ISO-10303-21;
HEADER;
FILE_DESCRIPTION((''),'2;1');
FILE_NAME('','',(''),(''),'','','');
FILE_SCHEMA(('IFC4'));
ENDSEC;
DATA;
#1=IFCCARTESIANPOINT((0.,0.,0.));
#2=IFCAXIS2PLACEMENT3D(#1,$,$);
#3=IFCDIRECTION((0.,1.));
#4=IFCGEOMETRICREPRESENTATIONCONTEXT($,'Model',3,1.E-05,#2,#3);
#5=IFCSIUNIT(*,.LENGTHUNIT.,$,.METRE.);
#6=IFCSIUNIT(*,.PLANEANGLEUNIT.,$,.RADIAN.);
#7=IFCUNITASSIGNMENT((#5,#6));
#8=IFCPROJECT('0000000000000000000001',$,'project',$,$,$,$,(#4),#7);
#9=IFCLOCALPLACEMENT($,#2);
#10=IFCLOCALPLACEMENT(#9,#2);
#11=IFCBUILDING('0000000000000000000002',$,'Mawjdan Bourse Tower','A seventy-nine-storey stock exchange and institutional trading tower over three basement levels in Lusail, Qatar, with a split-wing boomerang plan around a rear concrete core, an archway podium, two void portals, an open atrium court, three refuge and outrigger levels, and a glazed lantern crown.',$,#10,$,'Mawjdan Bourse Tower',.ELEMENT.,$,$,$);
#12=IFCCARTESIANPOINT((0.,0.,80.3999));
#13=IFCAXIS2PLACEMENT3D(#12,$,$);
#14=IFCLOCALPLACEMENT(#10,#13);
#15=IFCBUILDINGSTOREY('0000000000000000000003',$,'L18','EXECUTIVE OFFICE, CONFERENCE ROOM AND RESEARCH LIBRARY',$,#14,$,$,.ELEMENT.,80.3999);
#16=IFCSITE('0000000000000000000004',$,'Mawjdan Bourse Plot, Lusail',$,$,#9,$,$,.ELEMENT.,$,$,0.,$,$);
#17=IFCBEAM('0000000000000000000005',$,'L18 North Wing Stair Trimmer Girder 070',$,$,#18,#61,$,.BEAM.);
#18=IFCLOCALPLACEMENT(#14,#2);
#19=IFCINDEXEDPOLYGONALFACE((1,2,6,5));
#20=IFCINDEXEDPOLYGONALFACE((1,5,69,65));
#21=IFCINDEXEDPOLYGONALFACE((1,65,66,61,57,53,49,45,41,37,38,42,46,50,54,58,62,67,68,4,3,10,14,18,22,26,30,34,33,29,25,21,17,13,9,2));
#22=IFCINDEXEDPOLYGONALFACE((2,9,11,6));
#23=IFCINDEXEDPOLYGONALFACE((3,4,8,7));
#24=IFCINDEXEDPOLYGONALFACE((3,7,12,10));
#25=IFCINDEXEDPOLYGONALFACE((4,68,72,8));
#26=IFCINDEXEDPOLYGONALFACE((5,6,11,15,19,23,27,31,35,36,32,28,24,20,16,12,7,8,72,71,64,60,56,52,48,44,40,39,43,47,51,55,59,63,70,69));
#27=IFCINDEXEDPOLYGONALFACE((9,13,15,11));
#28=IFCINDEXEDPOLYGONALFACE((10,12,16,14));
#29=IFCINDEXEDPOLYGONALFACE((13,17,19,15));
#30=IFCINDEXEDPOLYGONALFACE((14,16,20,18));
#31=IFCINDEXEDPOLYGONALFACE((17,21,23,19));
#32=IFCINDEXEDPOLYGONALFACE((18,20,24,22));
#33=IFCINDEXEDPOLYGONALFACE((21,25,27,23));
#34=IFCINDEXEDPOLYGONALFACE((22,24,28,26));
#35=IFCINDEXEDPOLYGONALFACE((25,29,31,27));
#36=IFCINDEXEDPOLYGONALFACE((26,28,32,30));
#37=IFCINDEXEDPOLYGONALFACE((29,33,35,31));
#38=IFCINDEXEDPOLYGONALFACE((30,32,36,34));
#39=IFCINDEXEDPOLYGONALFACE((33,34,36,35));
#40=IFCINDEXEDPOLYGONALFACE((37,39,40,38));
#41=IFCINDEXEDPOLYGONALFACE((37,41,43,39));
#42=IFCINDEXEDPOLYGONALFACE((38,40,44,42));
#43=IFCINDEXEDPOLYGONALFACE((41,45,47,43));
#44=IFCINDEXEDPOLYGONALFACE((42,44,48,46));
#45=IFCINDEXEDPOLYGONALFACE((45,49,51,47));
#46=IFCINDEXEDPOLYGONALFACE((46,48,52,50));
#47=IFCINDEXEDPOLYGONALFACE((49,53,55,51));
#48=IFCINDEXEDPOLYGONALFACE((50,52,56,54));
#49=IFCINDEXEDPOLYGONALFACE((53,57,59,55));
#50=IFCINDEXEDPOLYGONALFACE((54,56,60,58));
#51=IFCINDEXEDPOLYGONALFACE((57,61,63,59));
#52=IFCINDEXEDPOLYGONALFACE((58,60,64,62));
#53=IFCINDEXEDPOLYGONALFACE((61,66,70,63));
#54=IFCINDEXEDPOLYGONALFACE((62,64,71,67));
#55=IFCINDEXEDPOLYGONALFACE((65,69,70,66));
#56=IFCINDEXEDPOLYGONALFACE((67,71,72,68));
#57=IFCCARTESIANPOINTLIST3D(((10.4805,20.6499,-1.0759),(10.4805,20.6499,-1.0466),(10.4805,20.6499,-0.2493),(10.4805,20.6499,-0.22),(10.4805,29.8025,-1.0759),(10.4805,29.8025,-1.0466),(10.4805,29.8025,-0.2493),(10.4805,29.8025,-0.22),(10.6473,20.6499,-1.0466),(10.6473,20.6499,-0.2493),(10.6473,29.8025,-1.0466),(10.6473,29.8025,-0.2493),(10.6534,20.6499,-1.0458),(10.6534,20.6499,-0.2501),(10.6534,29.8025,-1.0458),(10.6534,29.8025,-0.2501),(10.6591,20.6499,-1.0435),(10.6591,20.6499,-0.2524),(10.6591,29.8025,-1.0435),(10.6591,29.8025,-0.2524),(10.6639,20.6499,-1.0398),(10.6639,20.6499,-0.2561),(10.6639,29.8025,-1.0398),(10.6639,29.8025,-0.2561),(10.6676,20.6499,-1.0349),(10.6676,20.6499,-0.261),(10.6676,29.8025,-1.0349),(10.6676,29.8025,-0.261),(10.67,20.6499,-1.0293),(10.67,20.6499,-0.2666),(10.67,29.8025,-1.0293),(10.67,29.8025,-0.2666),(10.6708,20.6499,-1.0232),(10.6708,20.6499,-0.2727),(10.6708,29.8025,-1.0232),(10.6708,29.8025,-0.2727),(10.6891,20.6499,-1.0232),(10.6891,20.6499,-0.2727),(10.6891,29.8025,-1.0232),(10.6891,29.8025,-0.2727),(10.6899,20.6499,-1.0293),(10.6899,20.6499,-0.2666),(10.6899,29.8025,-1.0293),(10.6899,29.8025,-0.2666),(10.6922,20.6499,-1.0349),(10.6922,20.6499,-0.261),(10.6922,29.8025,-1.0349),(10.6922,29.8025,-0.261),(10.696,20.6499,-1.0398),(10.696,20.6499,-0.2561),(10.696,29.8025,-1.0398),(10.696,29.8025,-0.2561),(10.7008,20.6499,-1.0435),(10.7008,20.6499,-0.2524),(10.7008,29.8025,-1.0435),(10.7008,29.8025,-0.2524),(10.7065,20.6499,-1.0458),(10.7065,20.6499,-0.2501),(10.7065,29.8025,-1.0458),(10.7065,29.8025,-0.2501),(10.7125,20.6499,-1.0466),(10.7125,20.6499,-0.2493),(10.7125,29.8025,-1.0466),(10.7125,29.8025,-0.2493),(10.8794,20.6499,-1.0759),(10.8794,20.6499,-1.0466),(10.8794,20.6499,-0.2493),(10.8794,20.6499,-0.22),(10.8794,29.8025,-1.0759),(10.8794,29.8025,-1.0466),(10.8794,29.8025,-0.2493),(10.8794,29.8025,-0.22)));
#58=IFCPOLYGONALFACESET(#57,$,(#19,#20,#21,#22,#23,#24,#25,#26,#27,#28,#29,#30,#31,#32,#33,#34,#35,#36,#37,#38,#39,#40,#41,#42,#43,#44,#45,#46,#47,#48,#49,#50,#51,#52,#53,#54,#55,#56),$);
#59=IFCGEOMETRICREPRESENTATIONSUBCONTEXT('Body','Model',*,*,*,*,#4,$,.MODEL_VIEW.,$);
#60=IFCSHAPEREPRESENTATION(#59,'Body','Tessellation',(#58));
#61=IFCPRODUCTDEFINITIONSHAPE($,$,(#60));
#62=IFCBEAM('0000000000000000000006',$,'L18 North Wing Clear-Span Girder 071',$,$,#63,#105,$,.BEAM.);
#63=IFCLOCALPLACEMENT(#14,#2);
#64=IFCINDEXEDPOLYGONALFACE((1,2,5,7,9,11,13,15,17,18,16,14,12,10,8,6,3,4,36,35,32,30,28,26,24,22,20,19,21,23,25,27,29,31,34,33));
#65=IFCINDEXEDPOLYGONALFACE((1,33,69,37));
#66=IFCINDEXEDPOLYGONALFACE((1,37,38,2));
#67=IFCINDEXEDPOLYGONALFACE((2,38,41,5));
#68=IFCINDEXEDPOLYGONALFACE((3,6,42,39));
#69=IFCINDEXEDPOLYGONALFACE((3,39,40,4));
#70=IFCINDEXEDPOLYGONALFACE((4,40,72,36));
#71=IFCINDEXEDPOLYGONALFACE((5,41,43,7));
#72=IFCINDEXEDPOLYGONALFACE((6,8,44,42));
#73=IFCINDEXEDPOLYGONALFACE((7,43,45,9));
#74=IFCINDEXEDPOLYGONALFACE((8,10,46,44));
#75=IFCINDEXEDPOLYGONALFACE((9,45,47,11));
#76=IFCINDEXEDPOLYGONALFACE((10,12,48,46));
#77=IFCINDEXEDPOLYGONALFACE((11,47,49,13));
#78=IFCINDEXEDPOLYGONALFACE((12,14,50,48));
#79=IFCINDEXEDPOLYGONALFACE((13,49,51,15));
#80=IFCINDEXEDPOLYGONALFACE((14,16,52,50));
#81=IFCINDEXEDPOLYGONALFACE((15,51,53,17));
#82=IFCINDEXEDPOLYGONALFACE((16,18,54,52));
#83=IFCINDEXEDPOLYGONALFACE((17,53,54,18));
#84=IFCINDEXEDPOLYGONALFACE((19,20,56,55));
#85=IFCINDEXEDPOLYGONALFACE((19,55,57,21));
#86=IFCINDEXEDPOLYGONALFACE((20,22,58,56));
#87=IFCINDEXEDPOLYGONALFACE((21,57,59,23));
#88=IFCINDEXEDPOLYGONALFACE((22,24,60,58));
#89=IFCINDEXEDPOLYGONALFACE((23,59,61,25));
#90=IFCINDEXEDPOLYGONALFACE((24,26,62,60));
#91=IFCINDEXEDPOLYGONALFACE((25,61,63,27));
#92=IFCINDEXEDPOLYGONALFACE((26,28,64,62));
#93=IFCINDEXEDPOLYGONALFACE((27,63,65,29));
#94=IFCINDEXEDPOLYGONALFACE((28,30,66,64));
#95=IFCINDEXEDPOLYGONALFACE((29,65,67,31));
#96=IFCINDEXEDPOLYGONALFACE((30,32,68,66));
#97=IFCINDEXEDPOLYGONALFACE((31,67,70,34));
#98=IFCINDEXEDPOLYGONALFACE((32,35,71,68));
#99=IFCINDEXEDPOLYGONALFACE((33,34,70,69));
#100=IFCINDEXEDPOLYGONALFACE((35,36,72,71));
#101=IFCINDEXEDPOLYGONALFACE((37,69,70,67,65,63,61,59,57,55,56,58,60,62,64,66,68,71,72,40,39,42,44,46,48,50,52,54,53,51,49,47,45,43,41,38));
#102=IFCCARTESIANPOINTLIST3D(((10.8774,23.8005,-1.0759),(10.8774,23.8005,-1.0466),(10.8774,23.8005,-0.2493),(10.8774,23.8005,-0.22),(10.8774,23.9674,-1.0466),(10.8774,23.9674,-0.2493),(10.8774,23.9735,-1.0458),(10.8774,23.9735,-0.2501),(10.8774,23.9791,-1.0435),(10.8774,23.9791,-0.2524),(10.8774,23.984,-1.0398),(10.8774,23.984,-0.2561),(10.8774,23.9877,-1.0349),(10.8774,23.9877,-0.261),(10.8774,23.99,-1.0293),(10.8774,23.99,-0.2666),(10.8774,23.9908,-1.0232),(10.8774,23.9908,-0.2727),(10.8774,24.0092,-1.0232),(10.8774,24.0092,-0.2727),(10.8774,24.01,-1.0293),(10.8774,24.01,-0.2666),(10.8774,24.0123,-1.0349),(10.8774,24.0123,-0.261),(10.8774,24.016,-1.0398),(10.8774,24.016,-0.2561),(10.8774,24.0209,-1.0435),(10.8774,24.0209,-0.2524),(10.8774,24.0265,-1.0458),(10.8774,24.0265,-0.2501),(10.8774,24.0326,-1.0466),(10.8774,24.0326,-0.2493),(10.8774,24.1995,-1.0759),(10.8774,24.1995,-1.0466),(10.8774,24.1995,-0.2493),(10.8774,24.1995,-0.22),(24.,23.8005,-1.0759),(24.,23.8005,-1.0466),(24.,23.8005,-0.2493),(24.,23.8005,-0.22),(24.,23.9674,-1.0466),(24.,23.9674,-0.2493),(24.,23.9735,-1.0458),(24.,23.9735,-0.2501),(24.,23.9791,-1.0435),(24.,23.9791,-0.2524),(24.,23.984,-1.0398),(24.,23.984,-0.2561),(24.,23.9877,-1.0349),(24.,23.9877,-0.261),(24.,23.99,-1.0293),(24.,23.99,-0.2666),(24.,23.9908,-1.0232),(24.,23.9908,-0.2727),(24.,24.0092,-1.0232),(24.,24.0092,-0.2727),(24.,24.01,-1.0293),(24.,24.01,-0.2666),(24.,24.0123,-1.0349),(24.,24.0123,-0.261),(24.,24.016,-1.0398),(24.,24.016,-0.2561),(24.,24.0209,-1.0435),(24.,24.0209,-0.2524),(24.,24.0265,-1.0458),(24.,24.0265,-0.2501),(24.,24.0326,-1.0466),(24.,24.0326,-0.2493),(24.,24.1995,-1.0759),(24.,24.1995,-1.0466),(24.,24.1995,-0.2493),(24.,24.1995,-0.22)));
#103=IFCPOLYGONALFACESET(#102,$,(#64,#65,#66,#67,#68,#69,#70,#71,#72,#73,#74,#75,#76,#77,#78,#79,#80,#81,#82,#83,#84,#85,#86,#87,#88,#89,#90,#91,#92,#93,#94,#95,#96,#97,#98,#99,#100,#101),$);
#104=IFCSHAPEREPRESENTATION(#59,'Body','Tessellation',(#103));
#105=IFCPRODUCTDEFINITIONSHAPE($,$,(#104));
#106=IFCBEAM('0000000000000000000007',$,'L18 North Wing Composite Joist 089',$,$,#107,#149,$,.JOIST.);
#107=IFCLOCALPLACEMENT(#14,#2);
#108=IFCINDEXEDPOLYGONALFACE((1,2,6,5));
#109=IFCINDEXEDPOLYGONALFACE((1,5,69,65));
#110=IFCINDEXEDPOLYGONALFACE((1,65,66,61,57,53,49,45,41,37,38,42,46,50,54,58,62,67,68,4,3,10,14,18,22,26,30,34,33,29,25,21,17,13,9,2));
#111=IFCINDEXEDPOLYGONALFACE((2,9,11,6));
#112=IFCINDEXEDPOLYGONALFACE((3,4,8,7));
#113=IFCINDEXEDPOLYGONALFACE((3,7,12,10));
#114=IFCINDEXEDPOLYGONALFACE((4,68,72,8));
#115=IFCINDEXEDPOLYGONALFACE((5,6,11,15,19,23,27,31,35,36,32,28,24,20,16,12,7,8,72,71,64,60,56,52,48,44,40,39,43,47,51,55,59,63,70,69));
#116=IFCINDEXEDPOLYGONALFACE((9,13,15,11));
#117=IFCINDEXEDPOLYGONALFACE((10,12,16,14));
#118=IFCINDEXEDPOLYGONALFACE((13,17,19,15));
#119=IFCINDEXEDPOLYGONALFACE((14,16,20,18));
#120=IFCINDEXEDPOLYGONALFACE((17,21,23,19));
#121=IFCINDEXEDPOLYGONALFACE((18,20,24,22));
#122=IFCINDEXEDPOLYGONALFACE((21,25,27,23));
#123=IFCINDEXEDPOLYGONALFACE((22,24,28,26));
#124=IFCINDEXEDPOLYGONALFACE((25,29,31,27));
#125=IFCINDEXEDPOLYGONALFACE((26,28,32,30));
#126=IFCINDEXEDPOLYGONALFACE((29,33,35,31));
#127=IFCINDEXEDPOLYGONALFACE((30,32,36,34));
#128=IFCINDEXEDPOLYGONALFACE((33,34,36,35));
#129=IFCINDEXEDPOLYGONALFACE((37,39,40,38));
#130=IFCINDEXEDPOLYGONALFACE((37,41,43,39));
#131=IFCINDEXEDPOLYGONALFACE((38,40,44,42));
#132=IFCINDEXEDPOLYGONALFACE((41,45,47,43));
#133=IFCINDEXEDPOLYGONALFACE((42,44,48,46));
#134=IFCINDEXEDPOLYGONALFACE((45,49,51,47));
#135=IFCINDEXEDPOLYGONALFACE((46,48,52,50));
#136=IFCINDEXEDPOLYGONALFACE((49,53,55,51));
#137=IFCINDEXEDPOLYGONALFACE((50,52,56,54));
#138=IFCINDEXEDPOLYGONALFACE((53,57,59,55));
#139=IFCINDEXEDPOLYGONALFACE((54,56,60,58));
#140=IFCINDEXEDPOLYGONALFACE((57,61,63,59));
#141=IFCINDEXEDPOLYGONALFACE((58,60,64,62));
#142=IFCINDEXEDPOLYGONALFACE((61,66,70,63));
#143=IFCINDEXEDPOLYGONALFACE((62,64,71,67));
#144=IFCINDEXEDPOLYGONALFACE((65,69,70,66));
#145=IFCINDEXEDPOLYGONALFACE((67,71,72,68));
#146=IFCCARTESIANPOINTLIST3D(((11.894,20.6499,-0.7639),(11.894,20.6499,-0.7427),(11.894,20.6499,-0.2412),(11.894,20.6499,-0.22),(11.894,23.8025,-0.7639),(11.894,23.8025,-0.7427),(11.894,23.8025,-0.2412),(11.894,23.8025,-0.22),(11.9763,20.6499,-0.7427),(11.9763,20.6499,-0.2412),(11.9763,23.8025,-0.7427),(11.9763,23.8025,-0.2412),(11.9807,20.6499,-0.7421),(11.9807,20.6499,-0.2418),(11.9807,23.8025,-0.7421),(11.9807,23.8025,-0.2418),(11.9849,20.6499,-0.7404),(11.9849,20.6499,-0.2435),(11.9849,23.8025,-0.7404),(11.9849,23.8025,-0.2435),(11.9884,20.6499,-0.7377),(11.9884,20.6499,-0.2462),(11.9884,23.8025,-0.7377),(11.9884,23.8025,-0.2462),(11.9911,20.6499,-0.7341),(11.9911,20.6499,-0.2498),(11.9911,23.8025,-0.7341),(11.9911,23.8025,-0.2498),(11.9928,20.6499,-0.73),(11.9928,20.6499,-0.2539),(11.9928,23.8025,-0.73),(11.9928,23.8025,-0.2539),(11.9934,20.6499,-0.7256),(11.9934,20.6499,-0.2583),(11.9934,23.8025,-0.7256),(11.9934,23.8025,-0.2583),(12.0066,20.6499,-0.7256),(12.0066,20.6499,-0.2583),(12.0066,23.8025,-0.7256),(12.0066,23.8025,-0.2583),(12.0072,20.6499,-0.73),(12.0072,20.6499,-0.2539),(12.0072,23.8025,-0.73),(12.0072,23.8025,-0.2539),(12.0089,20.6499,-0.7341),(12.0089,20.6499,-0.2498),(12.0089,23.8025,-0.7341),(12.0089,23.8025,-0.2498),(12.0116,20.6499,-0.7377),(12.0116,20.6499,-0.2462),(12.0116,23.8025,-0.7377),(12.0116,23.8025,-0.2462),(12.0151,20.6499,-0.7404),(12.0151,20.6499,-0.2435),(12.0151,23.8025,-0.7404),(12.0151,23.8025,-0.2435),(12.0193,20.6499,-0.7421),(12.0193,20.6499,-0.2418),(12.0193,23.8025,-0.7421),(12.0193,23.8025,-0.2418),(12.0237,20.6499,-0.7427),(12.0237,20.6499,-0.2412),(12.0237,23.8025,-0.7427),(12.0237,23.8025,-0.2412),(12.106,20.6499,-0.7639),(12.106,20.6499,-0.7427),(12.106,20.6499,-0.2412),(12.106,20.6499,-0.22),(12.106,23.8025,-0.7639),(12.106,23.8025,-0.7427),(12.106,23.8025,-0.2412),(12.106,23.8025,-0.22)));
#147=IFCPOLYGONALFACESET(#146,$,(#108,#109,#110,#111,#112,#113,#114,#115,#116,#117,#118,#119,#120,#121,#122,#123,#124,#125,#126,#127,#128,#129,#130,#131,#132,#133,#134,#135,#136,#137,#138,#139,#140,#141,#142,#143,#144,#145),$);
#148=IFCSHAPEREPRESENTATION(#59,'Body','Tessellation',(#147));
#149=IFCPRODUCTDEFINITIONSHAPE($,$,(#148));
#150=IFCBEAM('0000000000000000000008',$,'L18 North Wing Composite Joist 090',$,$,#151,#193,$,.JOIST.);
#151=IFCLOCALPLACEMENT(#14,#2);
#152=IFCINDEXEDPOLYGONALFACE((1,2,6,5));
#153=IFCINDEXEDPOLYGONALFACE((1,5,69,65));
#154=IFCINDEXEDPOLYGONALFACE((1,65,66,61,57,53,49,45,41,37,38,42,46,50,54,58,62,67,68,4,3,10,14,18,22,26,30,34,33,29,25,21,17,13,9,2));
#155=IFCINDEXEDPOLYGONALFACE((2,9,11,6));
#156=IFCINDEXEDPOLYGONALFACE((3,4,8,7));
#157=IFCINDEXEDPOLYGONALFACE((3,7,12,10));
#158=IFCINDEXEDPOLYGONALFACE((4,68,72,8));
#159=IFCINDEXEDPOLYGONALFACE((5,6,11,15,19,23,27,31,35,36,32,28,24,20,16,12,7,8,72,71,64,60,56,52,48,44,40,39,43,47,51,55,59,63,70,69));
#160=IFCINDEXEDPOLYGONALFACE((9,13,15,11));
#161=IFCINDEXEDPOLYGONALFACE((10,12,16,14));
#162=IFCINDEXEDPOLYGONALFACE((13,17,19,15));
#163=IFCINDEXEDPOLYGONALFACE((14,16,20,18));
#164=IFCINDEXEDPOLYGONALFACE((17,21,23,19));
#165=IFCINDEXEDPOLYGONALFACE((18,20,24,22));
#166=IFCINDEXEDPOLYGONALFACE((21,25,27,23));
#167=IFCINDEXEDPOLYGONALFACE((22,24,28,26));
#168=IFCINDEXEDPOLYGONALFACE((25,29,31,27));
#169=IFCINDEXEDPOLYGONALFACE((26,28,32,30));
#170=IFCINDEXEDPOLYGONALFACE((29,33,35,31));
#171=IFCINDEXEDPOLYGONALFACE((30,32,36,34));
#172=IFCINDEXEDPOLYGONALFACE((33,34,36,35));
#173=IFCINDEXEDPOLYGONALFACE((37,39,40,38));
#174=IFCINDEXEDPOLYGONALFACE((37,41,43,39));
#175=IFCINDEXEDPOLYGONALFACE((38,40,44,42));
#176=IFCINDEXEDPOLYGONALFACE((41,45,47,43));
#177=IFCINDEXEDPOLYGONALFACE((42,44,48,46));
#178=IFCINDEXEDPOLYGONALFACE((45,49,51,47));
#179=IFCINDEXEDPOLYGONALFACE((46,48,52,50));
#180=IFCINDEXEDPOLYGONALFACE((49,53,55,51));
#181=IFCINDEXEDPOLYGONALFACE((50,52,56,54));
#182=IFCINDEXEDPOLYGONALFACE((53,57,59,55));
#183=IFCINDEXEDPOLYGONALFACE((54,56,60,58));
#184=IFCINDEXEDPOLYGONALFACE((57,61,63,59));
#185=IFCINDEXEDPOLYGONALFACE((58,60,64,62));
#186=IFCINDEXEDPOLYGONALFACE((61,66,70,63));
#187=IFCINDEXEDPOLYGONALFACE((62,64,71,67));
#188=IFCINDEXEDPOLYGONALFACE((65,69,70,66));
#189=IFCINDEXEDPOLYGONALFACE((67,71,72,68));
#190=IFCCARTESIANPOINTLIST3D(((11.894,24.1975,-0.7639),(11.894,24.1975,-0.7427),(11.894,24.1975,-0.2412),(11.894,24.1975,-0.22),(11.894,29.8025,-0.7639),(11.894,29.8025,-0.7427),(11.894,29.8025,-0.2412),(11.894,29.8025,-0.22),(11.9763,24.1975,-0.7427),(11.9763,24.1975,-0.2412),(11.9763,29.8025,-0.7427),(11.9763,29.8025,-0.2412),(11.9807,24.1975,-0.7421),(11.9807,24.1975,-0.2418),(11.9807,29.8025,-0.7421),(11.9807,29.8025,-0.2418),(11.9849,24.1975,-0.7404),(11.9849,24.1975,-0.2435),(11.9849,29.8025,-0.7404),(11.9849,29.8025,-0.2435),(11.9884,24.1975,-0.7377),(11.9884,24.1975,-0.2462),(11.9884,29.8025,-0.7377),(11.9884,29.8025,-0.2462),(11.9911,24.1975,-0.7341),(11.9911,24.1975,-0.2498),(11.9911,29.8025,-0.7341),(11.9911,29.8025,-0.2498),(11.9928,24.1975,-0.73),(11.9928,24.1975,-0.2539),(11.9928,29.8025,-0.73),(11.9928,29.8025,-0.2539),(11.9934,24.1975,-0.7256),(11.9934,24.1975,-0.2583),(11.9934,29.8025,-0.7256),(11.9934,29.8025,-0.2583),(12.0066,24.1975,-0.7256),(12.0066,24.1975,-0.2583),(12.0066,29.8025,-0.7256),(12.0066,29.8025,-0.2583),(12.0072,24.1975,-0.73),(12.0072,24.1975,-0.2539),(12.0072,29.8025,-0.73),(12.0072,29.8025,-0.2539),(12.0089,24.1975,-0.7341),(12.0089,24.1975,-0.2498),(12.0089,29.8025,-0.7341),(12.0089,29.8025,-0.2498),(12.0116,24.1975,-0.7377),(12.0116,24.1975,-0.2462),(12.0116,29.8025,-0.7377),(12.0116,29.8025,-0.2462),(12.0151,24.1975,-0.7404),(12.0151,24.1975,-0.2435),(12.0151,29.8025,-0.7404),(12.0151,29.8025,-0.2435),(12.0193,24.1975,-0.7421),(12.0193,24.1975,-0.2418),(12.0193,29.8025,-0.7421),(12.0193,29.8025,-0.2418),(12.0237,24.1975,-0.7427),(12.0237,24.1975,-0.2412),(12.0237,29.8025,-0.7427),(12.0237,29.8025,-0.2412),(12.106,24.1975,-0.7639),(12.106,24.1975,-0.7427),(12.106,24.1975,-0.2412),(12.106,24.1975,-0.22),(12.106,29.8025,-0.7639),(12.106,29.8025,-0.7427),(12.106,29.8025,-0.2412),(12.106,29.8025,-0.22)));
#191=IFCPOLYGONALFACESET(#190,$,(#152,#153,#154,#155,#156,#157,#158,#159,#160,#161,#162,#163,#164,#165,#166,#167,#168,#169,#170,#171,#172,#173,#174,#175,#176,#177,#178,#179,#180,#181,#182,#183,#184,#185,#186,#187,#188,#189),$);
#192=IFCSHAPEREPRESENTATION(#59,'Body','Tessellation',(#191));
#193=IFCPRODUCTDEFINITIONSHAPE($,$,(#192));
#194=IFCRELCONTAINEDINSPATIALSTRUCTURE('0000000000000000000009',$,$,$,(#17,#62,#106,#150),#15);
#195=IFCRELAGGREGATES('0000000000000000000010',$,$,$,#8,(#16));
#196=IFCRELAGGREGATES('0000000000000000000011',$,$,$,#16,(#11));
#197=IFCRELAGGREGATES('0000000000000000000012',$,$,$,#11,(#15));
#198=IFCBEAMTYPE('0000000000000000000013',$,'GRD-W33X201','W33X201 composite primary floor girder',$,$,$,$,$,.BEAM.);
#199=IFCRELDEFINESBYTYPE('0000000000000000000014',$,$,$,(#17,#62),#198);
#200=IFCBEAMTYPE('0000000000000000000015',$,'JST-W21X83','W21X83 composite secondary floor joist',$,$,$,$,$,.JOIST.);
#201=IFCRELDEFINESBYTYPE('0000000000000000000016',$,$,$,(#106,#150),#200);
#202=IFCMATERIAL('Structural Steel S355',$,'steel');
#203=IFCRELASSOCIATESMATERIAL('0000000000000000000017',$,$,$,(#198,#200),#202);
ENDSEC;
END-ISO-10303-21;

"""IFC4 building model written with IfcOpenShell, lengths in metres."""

from ifc_helpers import new_model, si_unit, direction, frame, origin, origin_2d, place, context, subcontext, project, spatial, i_section, extrude, material, material_profile, profile_set, type_object, element, save


model = new_model("IFC4")

# Units and contexts
model_context = context("Model", 3, precision=1e-05, world=origin(), true_north=direction((0.0, 1.0)))
body_context = subcontext(model_context, "Body", "Model", "MODEL_VIEW")
ifc_project = project(units=[si_unit("LENGTHUNIT", "METRE"), si_unit("PLANEANGLEUNIT", "RADIAN")], contexts=[model_context])

# Site, building, storey
site_placement = place(None, origin())
site = spatial("IfcSite", under=ifc_project, at=site_placement, Name="Mawjdan Bourse Plot, Lusail", CompositionType="ELEMENT", RefElevation=0.0)
building_placement = place(site_placement, origin())
building = spatial("IfcBuilding", under=site, at=building_placement, Name="Mawjdan Bourse Tower", Description="A seventy-nine-storey stock exchange and institutional trading tower over three basement levels in Lusail, Qatar, with a split-wing boomerang plan around a rear concrete core, an archway podium, two void portals, an open atrium court, three refuge and outrigger levels, and a glazed lantern crown.", LongName="Mawjdan Bourse Tower", CompositionType="ELEMENT")
storey_placement = place(building_placement, frame((0.0, 0.0, 80.3999)))
storey = spatial("IfcBuildingStorey", under=building, at=storey_placement, Name="L18", Description="EXECUTIVE OFFICE, CONFERENCE ROOM AND RESEARCH LIBRARY", CompositionType="ELEMENT", Elevation=80.3999)

# Beams
ifc_material_1 = material(Name="Structural Steel S355", Category="steel")
ifc_material_profile_1 = material_profile(ifc_material_1, i_section(OverallWidth=0.3989, OverallDepth=0.856, WebThickness=0.0183, FlangeThickness=0.0293, FilletRadius=0.0234, at=origin_2d()), Name="W33X201")
ifc_profile_set_1 = profile_set([ifc_material_profile_1], Name="Structural Steel S355")
beam_type_1 = type_object("IfcBeamType", Name="GRD-W33X201", Description="W33X201 composite primary floor girder", PredefinedType="BEAM", material=ifc_profile_set_1)
beam_1_placement = place(storey_placement, frame((10.6799, 20.6499, -0.6479), z_axis=(0.0, 1.0, 0.0), x_axis=(-1.0, 0.0, 0.0)))
element("IfcBeam", 1, at=beam_1_placement, inside=storey, type_object=beam_type_1, Name="L18 North Wing Stair Trimmer Girder 070", PredefinedType="BEAM", context=body_context, shape_type="SweptSolid", body=[
    extrude(i_section(OverallWidth=0.3989, OverallDepth=0.856, WebThickness=0.0183, FlangeThickness=0.0293, FilletRadius=0.0234, at=origin_2d()), origin(), (0.0, 0.0, 1.0), 9.1526),
])
beam_2_placement = place(storey_placement, frame((10.8774, 24.0, -0.6479), z_axis=(1.0, 0.0, 0.0), x_axis=(0.0, 1.0, 0.0)))
element("IfcBeam", 2, at=beam_2_placement, inside=storey, type_object=beam_type_1, Name="L18 North Wing Clear-Span Girder 071", PredefinedType="BEAM", context=body_context, shape_type="SweptSolid", body=[
    extrude(i_section(OverallWidth=0.3989, OverallDepth=0.856, WebThickness=0.0183, FlangeThickness=0.0293, FilletRadius=0.0234, at=origin_2d()), origin(), (0.0, 0.0, 1.0), 13.1226),
])
ifc_material_profile_2 = material_profile(ifc_material_1, i_section(OverallWidth=0.2119, OverallDepth=0.5439, WebThickness=0.0132, FlangeThickness=0.0212, FilletRadius=0.0171, at=origin_2d()), Name="W21X83")
ifc_profile_set_2 = profile_set([ifc_material_profile_2], Name="Structural Steel S355")
beam_type_2 = type_object("IfcBeamType", Name="JST-W21X83", Description="W21X83 composite secondary floor joist", PredefinedType="JOIST", material=ifc_profile_set_2)
beam_3_placement = place(storey_placement, frame((12.0, 20.6499, -0.4919), z_axis=(0.0, 1.0, 0.0), x_axis=(-1.0, 0.0, 0.0)))
element("IfcBeam", 3, at=beam_3_placement, inside=storey, type_object=beam_type_2, Name="L18 North Wing Composite Joist 089", PredefinedType="JOIST", context=body_context, shape_type="SweptSolid", body=[
    extrude(i_section(OverallWidth=0.2119, OverallDepth=0.5439, WebThickness=0.0132, FlangeThickness=0.0212, FilletRadius=0.0171, at=origin_2d()), origin(), (0.0, 0.0, 1.0), 3.1526),
])
beam_4_placement = place(storey_placement, frame((12.0, 24.1975, -0.4919), z_axis=(0.0, 1.0, 0.0), x_axis=(-1.0, 0.0, 0.0)))
element("IfcBeam", 4, at=beam_4_placement, inside=storey, type_object=beam_type_2, Name="L18 North Wing Composite Joist 090", PredefinedType="JOIST", context=body_context, shape_type="SweptSolid", body=[
    extrude(i_section(OverallWidth=0.2119, OverallDepth=0.5439, WebThickness=0.0132, FlangeThickness=0.0212, FilletRadius=0.0171, at=origin_2d()), origin(), (0.0, 0.0, 1.0), 5.605),
])

save(model, "model.ifc")
